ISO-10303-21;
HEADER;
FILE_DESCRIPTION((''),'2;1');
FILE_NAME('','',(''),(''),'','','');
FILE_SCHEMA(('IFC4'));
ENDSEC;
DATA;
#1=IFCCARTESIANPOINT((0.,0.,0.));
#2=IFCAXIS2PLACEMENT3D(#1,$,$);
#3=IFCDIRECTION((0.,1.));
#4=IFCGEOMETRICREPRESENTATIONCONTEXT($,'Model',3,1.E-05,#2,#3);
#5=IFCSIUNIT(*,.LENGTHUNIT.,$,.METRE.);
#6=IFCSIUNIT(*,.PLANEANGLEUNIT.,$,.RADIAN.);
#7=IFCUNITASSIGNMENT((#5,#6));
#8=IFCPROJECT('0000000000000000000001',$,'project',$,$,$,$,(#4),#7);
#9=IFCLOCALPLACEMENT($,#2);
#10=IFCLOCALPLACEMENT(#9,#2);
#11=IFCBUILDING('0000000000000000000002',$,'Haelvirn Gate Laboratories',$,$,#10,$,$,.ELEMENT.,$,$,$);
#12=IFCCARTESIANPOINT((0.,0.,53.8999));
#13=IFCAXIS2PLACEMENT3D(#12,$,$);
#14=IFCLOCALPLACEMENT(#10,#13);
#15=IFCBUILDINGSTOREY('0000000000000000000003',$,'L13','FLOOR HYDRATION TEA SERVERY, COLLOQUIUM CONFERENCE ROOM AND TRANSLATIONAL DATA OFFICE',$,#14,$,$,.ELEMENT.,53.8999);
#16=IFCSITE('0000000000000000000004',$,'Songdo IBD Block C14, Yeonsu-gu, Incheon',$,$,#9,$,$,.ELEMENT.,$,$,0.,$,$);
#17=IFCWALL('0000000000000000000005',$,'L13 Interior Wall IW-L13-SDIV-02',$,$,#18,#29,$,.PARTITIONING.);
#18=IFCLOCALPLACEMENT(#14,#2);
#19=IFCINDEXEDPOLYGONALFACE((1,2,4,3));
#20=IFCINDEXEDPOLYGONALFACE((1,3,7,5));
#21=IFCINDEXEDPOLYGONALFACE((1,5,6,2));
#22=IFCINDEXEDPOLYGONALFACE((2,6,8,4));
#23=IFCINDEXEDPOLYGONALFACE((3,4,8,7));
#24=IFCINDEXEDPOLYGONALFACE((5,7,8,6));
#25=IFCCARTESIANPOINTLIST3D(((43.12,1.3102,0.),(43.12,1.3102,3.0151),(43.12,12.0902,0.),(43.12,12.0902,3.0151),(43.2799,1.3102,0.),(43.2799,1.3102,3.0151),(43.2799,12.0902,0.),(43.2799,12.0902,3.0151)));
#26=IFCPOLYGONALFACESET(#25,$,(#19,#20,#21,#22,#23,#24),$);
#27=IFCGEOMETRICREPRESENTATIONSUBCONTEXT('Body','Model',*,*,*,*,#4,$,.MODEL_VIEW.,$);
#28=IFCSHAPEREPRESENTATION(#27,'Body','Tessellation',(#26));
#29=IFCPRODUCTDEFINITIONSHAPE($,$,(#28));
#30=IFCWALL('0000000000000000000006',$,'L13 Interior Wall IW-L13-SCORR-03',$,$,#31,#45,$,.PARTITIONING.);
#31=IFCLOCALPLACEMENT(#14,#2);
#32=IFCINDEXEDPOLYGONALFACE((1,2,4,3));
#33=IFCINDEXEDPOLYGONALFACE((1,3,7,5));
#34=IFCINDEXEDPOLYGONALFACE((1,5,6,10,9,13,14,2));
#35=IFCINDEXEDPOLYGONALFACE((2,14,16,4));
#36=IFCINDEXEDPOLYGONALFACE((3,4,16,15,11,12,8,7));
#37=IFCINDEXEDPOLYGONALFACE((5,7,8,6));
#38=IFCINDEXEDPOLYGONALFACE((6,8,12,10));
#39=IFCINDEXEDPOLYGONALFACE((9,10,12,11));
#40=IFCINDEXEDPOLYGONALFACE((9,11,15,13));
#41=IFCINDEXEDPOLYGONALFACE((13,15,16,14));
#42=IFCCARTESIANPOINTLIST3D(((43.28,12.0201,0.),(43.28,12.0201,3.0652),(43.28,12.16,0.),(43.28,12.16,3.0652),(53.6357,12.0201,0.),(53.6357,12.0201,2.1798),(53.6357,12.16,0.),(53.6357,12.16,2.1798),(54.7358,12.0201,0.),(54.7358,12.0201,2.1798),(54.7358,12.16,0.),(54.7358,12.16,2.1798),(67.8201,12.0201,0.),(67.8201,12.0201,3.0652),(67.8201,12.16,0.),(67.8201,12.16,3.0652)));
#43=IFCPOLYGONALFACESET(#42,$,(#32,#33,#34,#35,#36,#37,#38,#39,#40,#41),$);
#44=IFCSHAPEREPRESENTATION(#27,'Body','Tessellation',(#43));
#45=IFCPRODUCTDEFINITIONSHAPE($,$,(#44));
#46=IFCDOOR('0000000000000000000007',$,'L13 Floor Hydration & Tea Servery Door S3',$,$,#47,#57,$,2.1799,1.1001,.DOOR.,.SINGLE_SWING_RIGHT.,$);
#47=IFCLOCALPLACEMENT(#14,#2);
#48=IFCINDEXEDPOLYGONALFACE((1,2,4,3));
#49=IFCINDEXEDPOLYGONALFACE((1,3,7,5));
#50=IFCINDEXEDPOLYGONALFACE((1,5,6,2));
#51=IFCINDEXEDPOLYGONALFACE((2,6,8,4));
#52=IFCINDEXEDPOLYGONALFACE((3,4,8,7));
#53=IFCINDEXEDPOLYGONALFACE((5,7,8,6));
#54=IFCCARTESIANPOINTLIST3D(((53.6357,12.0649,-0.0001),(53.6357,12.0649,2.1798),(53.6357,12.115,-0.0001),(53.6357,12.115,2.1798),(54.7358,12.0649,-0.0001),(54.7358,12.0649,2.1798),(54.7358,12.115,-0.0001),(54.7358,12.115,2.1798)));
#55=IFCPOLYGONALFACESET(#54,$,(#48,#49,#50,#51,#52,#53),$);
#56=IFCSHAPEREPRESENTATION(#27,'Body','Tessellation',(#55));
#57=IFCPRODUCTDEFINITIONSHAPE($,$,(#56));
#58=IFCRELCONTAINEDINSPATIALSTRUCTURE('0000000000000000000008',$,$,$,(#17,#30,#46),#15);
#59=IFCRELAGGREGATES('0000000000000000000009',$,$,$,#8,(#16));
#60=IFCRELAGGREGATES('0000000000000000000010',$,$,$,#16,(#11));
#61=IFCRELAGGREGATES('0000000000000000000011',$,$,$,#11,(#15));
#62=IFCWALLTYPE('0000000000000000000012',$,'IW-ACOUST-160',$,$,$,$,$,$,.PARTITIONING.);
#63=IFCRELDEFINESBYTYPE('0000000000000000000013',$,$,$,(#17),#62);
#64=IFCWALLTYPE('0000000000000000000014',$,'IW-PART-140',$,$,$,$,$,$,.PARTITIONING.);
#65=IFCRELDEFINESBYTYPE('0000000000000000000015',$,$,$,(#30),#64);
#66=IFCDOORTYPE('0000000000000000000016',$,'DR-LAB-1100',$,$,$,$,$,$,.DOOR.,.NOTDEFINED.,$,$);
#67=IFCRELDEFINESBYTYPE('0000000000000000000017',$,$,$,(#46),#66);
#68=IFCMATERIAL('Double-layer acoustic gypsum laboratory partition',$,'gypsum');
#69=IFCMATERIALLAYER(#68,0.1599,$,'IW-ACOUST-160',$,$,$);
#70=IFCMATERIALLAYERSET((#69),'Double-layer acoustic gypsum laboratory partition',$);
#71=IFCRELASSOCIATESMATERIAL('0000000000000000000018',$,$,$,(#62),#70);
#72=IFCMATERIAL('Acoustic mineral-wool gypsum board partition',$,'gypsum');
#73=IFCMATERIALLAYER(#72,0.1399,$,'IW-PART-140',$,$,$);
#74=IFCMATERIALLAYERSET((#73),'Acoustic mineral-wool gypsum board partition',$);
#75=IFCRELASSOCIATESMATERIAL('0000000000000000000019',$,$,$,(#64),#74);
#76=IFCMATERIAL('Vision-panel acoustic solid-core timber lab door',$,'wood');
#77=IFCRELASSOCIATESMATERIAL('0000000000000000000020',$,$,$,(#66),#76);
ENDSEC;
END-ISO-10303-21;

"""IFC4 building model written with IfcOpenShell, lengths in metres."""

from ifc_helpers import new_model, si_unit, direction, frame, frame_2d, origin, place, context, subcontext, project, spatial, rectangle, extrude, source, transform, mapped, material, layer, layer_set, type_object, type_shapes, element, fill, save


model = new_model("IFC4")

# Units and contexts
model_context = context("Model", 3, precision=1e-05, world=origin(), true_north=direction((0.0, 1.0)))
body_context = subcontext(model_context, "Body", "Model", "MODEL_VIEW")
ifc_project = project(units=[si_unit("LENGTHUNIT", "METRE"), si_unit("PLANEANGLEUNIT", "RADIAN")], contexts=[model_context])

# Site, building, storey
site_placement = place(None, origin())
site = spatial("IfcSite", under=ifc_project, at=site_placement, Name="Songdo IBD Block C14, Yeonsu-gu, Incheon", CompositionType="ELEMENT", RefElevation=0.0)
building_placement = place(site_placement, origin())
building = spatial("IfcBuilding", under=site, at=building_placement, Name="Haelvirn Gate Laboratories", CompositionType="ELEMENT")
storey_placement = place(building_placement, frame((0.0, 0.0, 53.8999)))
storey = spatial("IfcBuildingStorey", under=building, at=storey_placement, Name="L13", Description="FLOOR HYDRATION TEA SERVERY, COLLOQUIUM CONFERENCE ROOM AND TRANSLATIONAL DATA OFFICE", CompositionType="ELEMENT", Elevation=53.8999)

# Wall
ifc_material_1 = material(Name="Double-layer acoustic gypsum laboratory partition", Category="gypsum")
ifc_layer_1 = layer(ifc_material_1, 0.1599, Name="IW-ACOUST-160")
ifc_layer_set_1 = layer_set([ifc_layer_1], Name="Double-layer acoustic gypsum laboratory partition")
wall_type_1 = type_object("IfcWallType", Name="IW-ACOUST-160", PredefinedType="PARTITIONING", material=ifc_layer_set_1)
wall_1_placement = place(storey_placement, frame((43.2, 1.3101, 0.0), z_axis=(0.0, 0.0, 1.0), x_axis=(0.0, 1.0, 0.0)))
element("IfcWall", 1, at=wall_1_placement, inside=storey, type_object=wall_type_1, Name="L13 Interior Wall IW-L13-SDIV-02", PredefinedType="PARTITIONING", context=body_context, shape_type="SweptSolid", body=[
    extrude(rectangle(XDim=10.78, YDim=0.1599, at=frame_2d((5.3901, 0.0))), origin(), (0.0, 0.0, 1.0), 3.0151),
])

# Wall, opening, door
ifc_material_2 = material(Name="Acoustic mineral-wool gypsum board partition", Category="gypsum")
ifc_layer_2 = layer(ifc_material_2, 0.1399, Name="IW-PART-140")
ifc_layer_set_2 = layer_set([ifc_layer_2], Name="Acoustic mineral-wool gypsum board partition")
wall_type_2 = type_object("IfcWallType", Name="IW-PART-140", PredefinedType="PARTITIONING", material=ifc_layer_set_2)
wall_2_placement = place(storey_placement, frame((43.28, 12.0901, 0.0), z_axis=(0.0, 0.0, 1.0), x_axis=(1.0, 0.0, 0.0)))
wall_2 = element("IfcWall", 2, at=wall_2_placement, inside=storey, type_object=wall_type_2, Name="L13 Interior Wall IW-L13-SCORR-03", PredefinedType="PARTITIONING", context=body_context, shape_type="SweptSolid", body=[
    extrude(rectangle(XDim=24.54, YDim=0.1399, at=frame_2d((12.27, 0.0))), origin(), (0.0, 0.0, 1.0), 3.0652),
])
opening_placement = place(wall_2_placement, frame((10.3557, 0.0, 0.0)))
opening = element("IfcOpeningElement", 3, at=opening_placement, cuts=wall_2, PredefinedType="OPENING", context=body_context, shape_type="SweptSolid", body=[
    extrude(rectangle(XDim=1.1001, YDim=2.1799, at=frame_2d((0.55, 1.0898))), frame((0.0, 0.0801, 0.0), z_axis=(0.0, -1.0, 0.0), x_axis=(1.0, 0.0, 0.0)), (0.0, 0.0, 1.0), 0.1599),
])
ifc_material_3 = material(Name="Vision-panel acoustic solid-core timber lab door", Category="wood")
door_type = type_object("IfcDoorType", Name="DR-LAB-1100", OperationType="NOTDEFINED", PredefinedType="DOOR", material=ifc_material_3)
shared_shape_1 = source(origin(), body_context, "Body", "SweptSolid", [
    extrude(rectangle(XDim=1.1001, YDim=2.1799, at=frame_2d((0.55, 1.0898))), frame((0.0, 0.0249, 0.0), z_axis=(0.0, -1.0, 0.0), x_axis=(1.0, 0.0, 0.0)), (0.0, 0.0, 1.0), 0.05),
])
type_shapes(door_type, [shared_shape_1])
door_placement = place(opening_placement, origin())
door = element("IfcDoor", 4, at=door_placement, inside=storey, type_object=door_type, Name="L13 Floor Hydration & Tea Servery Door S3", OperationType="SINGLE_SWING_RIGHT", OverallHeight=2.1799, OverallWidth=1.1001, PredefinedType="DOOR", context=body_context, shape_type="MappedRepresentation", body=[
    mapped(shared_shape_1, transform((0.0, 0.0, 0.0), scale=1.0)),
])
fill(opening, door)

save(model, "model.ifc")
